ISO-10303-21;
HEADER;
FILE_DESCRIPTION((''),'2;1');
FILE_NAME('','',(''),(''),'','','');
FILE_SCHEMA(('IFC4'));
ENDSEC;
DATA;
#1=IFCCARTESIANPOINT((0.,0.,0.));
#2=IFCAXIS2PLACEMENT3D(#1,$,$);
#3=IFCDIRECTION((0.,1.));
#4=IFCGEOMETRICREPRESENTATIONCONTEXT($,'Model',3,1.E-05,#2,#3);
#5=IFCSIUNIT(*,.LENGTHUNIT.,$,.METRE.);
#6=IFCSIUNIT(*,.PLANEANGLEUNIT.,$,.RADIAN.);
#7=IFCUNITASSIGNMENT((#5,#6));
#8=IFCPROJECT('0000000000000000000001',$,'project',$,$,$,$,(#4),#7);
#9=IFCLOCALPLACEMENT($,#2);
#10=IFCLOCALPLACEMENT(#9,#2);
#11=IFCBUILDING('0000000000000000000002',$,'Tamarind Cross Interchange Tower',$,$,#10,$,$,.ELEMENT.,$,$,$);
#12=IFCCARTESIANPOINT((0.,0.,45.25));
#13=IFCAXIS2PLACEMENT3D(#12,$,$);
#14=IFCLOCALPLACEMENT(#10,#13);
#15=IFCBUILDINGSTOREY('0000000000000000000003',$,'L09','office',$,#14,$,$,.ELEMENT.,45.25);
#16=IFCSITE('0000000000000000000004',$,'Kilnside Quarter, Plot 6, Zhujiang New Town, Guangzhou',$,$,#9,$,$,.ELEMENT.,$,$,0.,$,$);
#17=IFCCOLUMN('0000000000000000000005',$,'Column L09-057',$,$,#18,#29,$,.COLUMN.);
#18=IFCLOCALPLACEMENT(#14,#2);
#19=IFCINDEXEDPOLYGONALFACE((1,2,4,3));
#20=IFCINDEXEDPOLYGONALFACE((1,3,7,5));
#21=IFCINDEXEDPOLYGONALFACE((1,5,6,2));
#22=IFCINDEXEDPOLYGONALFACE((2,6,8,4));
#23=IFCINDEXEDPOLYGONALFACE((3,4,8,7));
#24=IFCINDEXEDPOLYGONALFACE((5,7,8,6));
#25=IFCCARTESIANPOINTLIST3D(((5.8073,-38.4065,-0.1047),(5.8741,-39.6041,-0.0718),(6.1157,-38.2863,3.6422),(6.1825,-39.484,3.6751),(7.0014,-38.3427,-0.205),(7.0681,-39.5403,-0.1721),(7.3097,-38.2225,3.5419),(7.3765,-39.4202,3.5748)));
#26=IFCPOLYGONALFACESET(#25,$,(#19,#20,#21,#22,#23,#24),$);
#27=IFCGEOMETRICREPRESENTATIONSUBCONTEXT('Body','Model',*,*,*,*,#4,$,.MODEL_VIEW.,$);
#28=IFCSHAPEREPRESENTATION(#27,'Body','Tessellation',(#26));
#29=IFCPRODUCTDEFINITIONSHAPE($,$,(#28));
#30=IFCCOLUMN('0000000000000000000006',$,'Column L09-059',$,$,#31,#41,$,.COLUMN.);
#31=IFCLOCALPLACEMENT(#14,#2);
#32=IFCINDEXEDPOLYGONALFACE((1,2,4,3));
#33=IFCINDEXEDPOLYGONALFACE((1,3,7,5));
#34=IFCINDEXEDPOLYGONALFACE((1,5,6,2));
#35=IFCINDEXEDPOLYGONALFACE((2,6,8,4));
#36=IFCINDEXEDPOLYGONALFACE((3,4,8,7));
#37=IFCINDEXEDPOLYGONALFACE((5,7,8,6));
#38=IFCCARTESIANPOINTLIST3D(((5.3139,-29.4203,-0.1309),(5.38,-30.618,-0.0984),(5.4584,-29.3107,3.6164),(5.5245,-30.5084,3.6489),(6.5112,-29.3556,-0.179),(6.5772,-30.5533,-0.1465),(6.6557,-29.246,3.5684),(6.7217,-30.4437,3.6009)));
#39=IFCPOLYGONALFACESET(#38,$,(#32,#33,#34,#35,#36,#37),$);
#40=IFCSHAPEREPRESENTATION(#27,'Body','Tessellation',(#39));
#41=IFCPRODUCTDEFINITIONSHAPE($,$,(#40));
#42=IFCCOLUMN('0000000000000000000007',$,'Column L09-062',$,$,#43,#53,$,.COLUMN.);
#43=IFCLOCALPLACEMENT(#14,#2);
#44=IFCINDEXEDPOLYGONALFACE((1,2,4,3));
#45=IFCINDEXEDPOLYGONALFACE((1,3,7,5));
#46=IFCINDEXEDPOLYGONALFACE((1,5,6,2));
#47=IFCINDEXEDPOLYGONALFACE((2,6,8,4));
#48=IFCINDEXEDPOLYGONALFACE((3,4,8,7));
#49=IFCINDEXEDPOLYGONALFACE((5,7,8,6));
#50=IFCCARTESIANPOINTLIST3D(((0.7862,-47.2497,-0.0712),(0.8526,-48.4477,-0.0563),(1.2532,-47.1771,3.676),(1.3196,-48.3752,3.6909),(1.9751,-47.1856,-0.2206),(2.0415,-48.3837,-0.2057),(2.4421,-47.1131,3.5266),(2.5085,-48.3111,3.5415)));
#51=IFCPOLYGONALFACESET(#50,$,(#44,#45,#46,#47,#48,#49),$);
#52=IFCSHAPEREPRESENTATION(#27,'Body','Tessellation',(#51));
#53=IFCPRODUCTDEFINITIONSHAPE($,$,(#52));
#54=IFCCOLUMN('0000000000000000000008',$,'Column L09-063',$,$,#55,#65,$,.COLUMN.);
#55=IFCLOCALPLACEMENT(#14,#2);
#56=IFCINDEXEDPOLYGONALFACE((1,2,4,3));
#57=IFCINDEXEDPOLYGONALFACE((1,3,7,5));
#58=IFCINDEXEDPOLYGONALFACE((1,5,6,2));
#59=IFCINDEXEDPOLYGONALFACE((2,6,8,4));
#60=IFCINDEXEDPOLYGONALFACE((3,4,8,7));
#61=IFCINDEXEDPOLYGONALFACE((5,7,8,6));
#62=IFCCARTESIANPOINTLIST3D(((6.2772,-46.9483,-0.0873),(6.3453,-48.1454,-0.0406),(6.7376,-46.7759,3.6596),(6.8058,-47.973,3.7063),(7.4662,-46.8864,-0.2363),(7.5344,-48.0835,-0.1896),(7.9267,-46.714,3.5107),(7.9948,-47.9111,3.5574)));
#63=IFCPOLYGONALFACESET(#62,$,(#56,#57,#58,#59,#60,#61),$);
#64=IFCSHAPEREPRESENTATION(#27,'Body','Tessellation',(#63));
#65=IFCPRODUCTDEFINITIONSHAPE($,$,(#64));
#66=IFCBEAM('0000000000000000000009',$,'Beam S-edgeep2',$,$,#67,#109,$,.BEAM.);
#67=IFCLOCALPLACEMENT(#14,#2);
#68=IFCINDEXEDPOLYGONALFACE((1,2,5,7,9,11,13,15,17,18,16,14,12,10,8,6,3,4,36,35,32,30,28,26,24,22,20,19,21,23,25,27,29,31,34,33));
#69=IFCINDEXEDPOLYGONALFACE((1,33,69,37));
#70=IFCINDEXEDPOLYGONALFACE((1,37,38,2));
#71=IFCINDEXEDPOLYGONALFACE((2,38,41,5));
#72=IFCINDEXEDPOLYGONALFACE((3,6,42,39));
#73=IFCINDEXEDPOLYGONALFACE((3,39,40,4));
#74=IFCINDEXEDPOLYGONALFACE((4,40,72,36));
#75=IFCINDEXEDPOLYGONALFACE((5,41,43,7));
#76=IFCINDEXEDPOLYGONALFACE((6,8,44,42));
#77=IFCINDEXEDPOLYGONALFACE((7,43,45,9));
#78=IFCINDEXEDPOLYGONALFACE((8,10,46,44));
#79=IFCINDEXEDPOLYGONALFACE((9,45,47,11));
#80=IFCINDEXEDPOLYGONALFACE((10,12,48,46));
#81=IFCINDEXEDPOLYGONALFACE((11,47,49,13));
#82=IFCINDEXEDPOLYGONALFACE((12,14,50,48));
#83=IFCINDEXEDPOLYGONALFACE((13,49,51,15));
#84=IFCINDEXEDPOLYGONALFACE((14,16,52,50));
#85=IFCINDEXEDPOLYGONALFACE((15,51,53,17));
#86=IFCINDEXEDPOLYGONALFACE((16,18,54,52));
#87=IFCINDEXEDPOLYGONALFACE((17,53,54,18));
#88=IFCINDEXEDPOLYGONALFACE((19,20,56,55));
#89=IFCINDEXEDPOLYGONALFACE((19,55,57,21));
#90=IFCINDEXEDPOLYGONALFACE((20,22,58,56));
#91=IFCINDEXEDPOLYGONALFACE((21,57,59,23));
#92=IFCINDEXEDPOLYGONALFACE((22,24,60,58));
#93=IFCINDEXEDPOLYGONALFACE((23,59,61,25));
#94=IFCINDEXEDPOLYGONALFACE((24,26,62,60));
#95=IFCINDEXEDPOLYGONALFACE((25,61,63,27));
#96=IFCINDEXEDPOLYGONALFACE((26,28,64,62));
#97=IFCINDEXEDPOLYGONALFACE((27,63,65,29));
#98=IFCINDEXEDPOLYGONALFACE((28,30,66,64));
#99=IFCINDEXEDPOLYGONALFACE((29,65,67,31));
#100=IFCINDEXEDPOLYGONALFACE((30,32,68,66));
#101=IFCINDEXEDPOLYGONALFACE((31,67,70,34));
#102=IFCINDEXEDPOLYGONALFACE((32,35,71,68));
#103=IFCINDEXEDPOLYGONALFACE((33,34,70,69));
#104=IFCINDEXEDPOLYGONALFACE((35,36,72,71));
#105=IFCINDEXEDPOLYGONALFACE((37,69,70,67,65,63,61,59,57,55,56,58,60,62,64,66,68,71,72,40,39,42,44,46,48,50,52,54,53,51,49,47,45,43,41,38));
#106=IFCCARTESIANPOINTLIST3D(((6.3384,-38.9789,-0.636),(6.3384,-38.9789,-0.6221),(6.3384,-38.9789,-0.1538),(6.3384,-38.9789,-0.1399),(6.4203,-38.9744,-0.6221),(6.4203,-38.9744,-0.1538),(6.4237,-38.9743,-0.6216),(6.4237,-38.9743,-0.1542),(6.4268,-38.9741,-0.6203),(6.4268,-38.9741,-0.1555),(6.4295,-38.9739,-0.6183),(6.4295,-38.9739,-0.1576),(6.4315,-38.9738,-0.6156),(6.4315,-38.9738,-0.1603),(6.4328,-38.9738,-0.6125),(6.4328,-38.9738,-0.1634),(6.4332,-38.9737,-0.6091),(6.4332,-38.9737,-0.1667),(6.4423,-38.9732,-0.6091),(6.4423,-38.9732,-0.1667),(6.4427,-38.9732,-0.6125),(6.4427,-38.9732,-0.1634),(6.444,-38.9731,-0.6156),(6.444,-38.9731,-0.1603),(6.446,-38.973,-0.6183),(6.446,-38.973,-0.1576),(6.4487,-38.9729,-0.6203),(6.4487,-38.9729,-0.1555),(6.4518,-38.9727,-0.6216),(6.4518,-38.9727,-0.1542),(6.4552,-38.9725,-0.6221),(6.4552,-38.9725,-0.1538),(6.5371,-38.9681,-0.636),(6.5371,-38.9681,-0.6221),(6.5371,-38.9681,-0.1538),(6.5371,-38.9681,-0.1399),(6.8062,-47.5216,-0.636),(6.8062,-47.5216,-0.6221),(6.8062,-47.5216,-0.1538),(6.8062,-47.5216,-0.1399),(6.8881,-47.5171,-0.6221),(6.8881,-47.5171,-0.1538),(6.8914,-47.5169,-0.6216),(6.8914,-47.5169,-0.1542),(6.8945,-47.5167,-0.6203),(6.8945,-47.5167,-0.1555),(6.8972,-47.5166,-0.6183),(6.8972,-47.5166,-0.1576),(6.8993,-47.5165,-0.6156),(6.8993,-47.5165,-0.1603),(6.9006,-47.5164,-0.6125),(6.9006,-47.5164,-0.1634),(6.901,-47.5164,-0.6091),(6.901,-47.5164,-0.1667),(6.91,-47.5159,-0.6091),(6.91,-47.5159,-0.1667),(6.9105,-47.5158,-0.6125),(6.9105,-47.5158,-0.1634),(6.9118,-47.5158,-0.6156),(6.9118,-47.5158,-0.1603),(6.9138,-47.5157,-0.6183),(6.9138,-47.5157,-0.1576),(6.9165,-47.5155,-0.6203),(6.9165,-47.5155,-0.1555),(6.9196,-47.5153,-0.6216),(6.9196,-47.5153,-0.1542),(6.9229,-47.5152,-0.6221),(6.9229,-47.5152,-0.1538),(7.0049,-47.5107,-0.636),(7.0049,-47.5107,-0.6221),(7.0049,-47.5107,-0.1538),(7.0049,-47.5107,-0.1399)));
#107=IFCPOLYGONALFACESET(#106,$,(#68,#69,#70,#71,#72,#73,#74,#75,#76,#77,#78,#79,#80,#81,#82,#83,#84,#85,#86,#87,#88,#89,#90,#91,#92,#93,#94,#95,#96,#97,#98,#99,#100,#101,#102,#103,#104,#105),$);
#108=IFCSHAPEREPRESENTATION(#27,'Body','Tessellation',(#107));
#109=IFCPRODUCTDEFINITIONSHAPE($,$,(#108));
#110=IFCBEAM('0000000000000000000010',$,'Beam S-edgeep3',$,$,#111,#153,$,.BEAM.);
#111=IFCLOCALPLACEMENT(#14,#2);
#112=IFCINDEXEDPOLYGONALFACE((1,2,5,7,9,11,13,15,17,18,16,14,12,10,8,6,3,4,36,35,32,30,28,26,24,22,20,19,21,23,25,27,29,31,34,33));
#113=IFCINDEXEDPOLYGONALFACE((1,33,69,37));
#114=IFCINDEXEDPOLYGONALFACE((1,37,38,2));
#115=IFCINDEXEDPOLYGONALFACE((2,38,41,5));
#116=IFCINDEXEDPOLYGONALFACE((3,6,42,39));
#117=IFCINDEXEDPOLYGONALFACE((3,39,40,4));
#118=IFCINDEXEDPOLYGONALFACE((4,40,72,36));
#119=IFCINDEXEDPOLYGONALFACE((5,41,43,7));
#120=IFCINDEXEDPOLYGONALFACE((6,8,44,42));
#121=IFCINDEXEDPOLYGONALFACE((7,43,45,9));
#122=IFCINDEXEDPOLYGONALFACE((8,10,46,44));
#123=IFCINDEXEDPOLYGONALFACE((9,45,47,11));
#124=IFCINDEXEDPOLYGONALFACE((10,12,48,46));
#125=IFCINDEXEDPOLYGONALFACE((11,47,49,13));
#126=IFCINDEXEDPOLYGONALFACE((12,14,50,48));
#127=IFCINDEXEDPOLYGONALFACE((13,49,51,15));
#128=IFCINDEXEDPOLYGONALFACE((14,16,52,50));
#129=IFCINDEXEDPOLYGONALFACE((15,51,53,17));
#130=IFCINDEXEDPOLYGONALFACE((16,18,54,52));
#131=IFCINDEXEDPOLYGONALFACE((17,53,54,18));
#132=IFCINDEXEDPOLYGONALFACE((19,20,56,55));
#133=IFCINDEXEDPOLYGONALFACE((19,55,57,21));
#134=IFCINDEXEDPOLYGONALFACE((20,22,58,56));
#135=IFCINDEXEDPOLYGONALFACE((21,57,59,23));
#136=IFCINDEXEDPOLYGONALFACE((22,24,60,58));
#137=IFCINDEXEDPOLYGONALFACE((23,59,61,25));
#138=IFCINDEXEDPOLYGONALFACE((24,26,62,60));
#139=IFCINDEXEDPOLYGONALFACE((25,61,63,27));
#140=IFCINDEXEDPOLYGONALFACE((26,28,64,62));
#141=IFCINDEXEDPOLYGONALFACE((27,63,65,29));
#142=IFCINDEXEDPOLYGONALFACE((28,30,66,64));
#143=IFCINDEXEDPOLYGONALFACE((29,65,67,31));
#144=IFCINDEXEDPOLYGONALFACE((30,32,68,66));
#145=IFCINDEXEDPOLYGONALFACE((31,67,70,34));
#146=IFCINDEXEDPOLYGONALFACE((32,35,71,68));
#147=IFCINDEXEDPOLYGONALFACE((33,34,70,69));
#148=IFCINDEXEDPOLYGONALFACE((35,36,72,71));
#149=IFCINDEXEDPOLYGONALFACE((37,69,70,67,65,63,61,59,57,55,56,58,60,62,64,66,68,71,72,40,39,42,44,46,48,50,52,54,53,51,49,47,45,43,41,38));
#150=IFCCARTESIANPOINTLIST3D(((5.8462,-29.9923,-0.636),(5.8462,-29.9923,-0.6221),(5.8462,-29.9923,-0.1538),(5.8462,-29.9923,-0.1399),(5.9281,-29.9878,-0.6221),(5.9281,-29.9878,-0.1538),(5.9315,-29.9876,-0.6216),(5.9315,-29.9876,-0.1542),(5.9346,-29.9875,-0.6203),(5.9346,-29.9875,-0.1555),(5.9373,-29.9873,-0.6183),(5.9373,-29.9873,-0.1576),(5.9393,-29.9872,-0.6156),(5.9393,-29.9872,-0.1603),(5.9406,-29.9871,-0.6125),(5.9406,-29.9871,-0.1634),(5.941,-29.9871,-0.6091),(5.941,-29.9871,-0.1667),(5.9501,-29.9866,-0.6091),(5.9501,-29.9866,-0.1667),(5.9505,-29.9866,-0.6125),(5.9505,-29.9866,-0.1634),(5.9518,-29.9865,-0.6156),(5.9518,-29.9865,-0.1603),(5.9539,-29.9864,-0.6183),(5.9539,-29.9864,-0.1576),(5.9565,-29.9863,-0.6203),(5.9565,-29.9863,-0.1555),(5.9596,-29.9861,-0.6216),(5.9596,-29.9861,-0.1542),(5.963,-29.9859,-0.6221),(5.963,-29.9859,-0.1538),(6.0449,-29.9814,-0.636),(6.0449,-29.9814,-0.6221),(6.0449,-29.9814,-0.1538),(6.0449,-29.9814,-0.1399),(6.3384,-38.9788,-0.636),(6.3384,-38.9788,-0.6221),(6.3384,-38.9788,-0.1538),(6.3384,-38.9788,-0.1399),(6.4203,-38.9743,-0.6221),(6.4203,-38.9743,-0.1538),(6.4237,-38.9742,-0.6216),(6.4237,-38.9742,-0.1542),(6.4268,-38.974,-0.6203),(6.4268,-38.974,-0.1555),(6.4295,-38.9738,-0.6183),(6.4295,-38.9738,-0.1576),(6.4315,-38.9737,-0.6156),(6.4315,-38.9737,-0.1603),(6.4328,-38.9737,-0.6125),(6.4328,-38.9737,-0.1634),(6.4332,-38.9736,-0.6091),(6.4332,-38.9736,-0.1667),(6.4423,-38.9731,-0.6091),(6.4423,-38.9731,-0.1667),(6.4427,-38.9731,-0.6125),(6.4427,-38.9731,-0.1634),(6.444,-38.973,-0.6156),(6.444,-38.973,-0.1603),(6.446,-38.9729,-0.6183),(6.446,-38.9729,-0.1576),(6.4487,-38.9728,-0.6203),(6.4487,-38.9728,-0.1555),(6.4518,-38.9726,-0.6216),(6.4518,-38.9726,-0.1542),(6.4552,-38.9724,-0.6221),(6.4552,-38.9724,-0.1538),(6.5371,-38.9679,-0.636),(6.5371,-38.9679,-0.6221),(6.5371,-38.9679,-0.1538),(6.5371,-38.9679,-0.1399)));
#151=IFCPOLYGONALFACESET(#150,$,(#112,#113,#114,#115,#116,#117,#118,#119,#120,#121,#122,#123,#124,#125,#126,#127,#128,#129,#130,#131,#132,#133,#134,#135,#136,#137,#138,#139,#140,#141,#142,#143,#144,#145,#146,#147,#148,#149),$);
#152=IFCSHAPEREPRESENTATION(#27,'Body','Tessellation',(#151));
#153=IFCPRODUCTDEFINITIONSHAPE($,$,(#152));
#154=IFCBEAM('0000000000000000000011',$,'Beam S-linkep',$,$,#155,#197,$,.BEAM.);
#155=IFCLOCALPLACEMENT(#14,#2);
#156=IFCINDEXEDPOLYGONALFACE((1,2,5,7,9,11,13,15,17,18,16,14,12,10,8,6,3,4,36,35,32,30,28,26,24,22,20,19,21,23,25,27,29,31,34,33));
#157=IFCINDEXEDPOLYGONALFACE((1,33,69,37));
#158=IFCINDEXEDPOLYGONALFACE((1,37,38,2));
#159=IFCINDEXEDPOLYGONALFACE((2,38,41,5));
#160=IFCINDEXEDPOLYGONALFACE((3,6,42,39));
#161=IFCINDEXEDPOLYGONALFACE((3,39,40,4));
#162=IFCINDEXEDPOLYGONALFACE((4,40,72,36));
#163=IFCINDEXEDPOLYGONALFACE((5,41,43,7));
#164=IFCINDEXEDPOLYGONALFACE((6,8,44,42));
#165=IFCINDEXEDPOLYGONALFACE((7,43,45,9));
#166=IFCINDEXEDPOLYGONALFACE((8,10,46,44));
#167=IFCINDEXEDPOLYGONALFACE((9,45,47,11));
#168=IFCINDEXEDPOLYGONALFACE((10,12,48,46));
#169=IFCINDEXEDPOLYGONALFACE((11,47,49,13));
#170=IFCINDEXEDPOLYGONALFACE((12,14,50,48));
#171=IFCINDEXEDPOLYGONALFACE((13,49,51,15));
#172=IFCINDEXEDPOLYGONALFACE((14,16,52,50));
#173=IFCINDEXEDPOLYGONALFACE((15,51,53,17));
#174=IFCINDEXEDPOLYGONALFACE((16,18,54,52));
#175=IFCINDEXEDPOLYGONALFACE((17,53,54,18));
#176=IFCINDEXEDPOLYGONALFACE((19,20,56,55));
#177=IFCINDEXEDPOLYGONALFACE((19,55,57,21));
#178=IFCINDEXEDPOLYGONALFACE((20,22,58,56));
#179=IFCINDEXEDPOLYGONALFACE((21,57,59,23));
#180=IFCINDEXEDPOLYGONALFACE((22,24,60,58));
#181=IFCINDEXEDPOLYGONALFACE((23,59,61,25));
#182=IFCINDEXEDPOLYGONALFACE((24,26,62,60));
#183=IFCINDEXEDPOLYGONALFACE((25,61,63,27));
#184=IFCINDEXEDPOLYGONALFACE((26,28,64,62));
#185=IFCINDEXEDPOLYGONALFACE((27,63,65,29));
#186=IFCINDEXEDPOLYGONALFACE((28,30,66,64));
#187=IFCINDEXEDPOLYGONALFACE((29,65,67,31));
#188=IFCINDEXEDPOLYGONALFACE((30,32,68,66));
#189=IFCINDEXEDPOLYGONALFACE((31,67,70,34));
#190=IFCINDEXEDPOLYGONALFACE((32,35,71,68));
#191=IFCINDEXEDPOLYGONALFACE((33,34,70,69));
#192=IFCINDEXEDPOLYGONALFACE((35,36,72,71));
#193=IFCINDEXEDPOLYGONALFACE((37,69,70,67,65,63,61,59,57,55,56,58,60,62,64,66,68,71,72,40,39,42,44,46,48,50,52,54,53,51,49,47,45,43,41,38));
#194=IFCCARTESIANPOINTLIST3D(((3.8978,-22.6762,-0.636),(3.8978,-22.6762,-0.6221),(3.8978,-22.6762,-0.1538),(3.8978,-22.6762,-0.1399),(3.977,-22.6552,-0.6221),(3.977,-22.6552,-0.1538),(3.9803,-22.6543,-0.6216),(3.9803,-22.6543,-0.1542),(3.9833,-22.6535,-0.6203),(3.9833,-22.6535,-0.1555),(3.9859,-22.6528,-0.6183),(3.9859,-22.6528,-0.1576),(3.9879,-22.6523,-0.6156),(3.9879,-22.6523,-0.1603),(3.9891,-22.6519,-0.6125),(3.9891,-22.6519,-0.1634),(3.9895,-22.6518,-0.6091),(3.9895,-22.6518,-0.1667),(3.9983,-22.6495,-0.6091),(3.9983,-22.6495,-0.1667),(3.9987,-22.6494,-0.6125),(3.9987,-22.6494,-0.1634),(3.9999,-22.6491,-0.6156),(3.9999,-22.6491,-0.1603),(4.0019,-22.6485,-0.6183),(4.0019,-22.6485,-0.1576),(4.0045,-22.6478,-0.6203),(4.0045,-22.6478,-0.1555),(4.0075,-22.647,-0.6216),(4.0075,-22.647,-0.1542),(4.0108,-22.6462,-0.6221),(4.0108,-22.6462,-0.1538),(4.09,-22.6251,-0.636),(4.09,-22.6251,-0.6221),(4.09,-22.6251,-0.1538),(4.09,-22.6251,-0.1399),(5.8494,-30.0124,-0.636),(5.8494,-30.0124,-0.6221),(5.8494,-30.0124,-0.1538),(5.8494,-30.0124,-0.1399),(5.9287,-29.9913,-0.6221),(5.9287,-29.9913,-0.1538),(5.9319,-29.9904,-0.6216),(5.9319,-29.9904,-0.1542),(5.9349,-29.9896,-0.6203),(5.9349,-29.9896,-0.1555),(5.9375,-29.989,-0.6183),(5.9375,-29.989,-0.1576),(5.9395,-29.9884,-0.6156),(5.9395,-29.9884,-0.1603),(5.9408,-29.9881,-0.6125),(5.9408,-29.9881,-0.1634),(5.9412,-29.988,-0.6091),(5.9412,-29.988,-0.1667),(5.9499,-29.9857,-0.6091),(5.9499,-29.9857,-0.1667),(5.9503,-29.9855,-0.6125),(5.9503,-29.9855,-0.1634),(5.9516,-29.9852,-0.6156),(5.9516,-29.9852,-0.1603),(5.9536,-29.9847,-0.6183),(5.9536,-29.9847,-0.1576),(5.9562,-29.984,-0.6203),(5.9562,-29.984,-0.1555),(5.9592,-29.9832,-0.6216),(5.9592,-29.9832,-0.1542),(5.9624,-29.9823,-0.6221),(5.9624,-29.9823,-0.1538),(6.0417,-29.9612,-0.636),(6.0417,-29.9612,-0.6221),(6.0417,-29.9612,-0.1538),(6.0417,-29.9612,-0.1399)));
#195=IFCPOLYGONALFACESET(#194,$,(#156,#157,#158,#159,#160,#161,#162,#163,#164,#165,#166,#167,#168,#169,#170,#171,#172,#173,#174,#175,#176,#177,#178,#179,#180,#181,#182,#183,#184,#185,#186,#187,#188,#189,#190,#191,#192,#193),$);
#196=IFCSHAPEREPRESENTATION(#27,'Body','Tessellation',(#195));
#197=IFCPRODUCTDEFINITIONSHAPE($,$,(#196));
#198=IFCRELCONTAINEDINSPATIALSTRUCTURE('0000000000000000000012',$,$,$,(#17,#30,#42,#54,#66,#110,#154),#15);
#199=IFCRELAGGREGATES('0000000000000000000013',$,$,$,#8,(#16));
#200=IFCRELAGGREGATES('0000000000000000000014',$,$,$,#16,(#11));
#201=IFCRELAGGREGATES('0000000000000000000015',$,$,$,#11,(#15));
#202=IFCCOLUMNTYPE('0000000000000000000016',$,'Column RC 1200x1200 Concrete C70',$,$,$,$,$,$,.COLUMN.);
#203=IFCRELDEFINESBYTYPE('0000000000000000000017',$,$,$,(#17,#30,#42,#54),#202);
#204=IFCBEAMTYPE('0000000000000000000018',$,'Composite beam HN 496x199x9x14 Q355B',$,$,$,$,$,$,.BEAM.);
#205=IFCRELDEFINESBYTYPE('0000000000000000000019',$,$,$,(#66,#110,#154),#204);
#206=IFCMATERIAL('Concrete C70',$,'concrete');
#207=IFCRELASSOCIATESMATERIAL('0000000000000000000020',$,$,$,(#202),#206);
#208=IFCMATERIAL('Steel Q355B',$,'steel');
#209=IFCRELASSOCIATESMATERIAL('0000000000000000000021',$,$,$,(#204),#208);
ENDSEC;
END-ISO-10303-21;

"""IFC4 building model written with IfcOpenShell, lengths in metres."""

from ifc_helpers import new_model, si_unit, direction, frame, origin, origin_2d, place, context, subcontext, project, spatial, rectangle, i_section, extrude, material, material_profile, profile_set, type_object, element, save


model = new_model("IFC4")

# Units and contexts
model_context = context("Model", 3, precision=1e-05, world=origin(), true_north=direction((0.0, 1.0)))
body_context = subcontext(model_context, "Body", "Model", "MODEL_VIEW")
ifc_project = project(units=[si_unit("LENGTHUNIT", "METRE"), si_unit("PLANEANGLEUNIT", "RADIAN")], contexts=[model_context])

# Site, building, storey
site_placement = place(None, origin())
site = spatial("IfcSite", under=ifc_project, at=site_placement, Name="Kilnside Quarter, Plot 6, Zhujiang New Town, Guangzhou", CompositionType="ELEMENT", RefElevation=0.0)
building_placement = place(site_placement, origin())
building = spatial("IfcBuilding", under=site, at=building_placement, Name="Tamarind Cross Interchange Tower", CompositionType="ELEMENT")
storey_placement = place(building_placement, frame((0.0, 0.0, 45.25)))
storey = spatial("IfcBuildingStorey", under=building, at=storey_placement, Name="L09", Description="office", CompositionType="ELEMENT", Elevation=45.25)

# Columns
ifc_material_1 = material(Name="Concrete C70", Category="concrete")
ifc_material_profile_1 = material_profile(ifc_material_1, rectangle(XDim=1.2, YDim=1.2, at=origin_2d()), Name="RC 1200x1200")
ifc_profile_set_1 = profile_set([ifc_material_profile_1], Name="Concrete C70")
column_type = type_object("IfcColumnType", Name="Column RC 1200x1200 Concrete C70", PredefinedType="COLUMN", material=ifc_profile_set_1)
column_1_placement = place(storey_placement, frame((6.4377, -38.9734, -0.1384), z_axis=(0.081977, 0.031934, 0.996122), x_axis=(-0.99508, -0.053168, 0.083596)))
element("IfcColumn", 1, at=column_1_placement, inside=storey, type_object=column_type, Name="Column L09-057", PredefinedType="COLUMN", context=body_context, shape_type="SweptSolid", body=[
    extrude(rectangle(XDim=1.2, YDim=1.2, at=origin_2d()), origin(), (0.0, 0.0, 1.0), 3.7615),
])
column_2_placement = place(storey_placement, frame((5.9456, -29.9868, -0.1387), z_axis=(0.038524, 0.029219, 0.99883), x_axis=(-0.99774, -0.053937, 0.04006)))
element("IfcColumn", 2, at=column_2_placement, inside=storey, type_object=column_type, Name="Column L09-059", PredefinedType="COLUMN", context=body_context, shape_type="SweptSolid", body=[
    extrude(rectangle(XDim=1.2, YDim=1.2, at=origin_2d()), origin(), (0.0, 0.0, 1.0), 3.7517),
])
column_3_placement = place(storey_placement, frame((1.4138, -47.8167, -0.1384), z_axis=(0.123662, 0.019199, 0.992139), x_axis=(-0.990781, -0.053353, 0.124525)))
element("IfcColumn", 3, at=column_3_placement, inside=storey, type_object=column_type, Name="Column L09-062", PredefinedType="COLUMN", context=body_context, shape_type="SweptSolid", body=[
    extrude(rectangle(XDim=1.2, YDim=1.2, at=origin_2d()), origin(), (0.0, 0.0, 1.0), 3.7769),
])
column_4_placement = place(storey_placement, frame((6.9058, -47.5159, -0.1384), z_axis=(0.121846, 0.045611, 0.9915), x_axis=(-0.990923, -0.051565, 0.124147)))
element("IfcColumn", 4, at=column_4_placement, inside=storey, type_object=column_type, Name="Column L09-063", PredefinedType="COLUMN", context=body_context, shape_type="SweptSolid", body=[
    extrude(rectangle(XDim=1.2, YDim=1.2, at=origin_2d()), origin(), (0.0, 0.0, 1.0), 3.7791),
])

# Beams
ifc_material_2 = material(Name="Steel Q355B", Category="steel")
ifc_material_profile_2 = material_profile(ifc_material_2, i_section(OverallWidth=0.199, OverallDepth=0.4961, WebThickness=0.009, FlangeThickness=0.0139, FilletRadius=0.0129, at=origin_2d()), Name="HN 496x199x9x14")
ifc_profile_set_2 = profile_set([ifc_material_profile_2], Name="Steel Q355B")
beam_type_1 = type_object("IfcBeamType", Name="Composite beam HN 496x199x9x14 Q355B", PredefinedType="BEAM", material=ifc_profile_set_2)
beam_1_placement = place(storey_placement, frame((6.9055, -47.5161, -0.3879), z_axis=(-0.054675, 0.998504, 0.0), x_axis=(-0.998504, -0.054675, 0.0)))
element("IfcBeam", 5, at=beam_1_placement, inside=storey, type_object=beam_type_1, Name="Beam S-edgeep2", PredefinedType="BEAM", context=body_context, shape_type="SweptSolid", body=[
    extrude(i_section(OverallWidth=0.199, OverallDepth=0.4961, WebThickness=0.009, FlangeThickness=0.0139, FilletRadius=0.0129, at=origin_2d()), origin(), (0.0, 0.0, 1.0), 8.5554),
])
beam_2_placement = place(storey_placement, frame((6.4377, -38.9734, -0.3879), z_axis=(-0.054687, 0.998504, 0.0), x_axis=(-0.998504, -0.054687, 0.0)))
element("IfcBeam", 6, at=beam_2_placement, inside=storey, type_object=beam_type_1, Name="Beam S-edgeep3", PredefinedType="BEAM", context=body_context, shape_type="SweptSolid", body=[
    extrude(i_section(OverallWidth=0.199, OverallDepth=0.4961, WebThickness=0.009, FlangeThickness=0.0139, FilletRadius=0.0129, at=origin_2d()), origin(), (0.0, 0.0, 1.0), 9.0),
])
beam_3_placement = place(storey_placement, frame((5.9456, -29.9868, -0.3879), z_axis=(-0.25709, 0.966387, 0.0), x_axis=(-0.966387, -0.25709, 0.0)))
element("IfcBeam", 7, at=beam_3_placement, inside=storey, type_object=beam_type_1, Name="Beam S-linkep", PredefinedType="BEAM", context=body_context, shape_type="SweptSolid", body=[
    extrude(i_section(OverallWidth=0.199, OverallDepth=0.4961, WebThickness=0.009, FlangeThickness=0.0139, FilletRadius=0.0129, at=origin_2d()), origin(), (0.0, 0.0, 1.0), 7.5913),
])

save(model, "model.ifc")
